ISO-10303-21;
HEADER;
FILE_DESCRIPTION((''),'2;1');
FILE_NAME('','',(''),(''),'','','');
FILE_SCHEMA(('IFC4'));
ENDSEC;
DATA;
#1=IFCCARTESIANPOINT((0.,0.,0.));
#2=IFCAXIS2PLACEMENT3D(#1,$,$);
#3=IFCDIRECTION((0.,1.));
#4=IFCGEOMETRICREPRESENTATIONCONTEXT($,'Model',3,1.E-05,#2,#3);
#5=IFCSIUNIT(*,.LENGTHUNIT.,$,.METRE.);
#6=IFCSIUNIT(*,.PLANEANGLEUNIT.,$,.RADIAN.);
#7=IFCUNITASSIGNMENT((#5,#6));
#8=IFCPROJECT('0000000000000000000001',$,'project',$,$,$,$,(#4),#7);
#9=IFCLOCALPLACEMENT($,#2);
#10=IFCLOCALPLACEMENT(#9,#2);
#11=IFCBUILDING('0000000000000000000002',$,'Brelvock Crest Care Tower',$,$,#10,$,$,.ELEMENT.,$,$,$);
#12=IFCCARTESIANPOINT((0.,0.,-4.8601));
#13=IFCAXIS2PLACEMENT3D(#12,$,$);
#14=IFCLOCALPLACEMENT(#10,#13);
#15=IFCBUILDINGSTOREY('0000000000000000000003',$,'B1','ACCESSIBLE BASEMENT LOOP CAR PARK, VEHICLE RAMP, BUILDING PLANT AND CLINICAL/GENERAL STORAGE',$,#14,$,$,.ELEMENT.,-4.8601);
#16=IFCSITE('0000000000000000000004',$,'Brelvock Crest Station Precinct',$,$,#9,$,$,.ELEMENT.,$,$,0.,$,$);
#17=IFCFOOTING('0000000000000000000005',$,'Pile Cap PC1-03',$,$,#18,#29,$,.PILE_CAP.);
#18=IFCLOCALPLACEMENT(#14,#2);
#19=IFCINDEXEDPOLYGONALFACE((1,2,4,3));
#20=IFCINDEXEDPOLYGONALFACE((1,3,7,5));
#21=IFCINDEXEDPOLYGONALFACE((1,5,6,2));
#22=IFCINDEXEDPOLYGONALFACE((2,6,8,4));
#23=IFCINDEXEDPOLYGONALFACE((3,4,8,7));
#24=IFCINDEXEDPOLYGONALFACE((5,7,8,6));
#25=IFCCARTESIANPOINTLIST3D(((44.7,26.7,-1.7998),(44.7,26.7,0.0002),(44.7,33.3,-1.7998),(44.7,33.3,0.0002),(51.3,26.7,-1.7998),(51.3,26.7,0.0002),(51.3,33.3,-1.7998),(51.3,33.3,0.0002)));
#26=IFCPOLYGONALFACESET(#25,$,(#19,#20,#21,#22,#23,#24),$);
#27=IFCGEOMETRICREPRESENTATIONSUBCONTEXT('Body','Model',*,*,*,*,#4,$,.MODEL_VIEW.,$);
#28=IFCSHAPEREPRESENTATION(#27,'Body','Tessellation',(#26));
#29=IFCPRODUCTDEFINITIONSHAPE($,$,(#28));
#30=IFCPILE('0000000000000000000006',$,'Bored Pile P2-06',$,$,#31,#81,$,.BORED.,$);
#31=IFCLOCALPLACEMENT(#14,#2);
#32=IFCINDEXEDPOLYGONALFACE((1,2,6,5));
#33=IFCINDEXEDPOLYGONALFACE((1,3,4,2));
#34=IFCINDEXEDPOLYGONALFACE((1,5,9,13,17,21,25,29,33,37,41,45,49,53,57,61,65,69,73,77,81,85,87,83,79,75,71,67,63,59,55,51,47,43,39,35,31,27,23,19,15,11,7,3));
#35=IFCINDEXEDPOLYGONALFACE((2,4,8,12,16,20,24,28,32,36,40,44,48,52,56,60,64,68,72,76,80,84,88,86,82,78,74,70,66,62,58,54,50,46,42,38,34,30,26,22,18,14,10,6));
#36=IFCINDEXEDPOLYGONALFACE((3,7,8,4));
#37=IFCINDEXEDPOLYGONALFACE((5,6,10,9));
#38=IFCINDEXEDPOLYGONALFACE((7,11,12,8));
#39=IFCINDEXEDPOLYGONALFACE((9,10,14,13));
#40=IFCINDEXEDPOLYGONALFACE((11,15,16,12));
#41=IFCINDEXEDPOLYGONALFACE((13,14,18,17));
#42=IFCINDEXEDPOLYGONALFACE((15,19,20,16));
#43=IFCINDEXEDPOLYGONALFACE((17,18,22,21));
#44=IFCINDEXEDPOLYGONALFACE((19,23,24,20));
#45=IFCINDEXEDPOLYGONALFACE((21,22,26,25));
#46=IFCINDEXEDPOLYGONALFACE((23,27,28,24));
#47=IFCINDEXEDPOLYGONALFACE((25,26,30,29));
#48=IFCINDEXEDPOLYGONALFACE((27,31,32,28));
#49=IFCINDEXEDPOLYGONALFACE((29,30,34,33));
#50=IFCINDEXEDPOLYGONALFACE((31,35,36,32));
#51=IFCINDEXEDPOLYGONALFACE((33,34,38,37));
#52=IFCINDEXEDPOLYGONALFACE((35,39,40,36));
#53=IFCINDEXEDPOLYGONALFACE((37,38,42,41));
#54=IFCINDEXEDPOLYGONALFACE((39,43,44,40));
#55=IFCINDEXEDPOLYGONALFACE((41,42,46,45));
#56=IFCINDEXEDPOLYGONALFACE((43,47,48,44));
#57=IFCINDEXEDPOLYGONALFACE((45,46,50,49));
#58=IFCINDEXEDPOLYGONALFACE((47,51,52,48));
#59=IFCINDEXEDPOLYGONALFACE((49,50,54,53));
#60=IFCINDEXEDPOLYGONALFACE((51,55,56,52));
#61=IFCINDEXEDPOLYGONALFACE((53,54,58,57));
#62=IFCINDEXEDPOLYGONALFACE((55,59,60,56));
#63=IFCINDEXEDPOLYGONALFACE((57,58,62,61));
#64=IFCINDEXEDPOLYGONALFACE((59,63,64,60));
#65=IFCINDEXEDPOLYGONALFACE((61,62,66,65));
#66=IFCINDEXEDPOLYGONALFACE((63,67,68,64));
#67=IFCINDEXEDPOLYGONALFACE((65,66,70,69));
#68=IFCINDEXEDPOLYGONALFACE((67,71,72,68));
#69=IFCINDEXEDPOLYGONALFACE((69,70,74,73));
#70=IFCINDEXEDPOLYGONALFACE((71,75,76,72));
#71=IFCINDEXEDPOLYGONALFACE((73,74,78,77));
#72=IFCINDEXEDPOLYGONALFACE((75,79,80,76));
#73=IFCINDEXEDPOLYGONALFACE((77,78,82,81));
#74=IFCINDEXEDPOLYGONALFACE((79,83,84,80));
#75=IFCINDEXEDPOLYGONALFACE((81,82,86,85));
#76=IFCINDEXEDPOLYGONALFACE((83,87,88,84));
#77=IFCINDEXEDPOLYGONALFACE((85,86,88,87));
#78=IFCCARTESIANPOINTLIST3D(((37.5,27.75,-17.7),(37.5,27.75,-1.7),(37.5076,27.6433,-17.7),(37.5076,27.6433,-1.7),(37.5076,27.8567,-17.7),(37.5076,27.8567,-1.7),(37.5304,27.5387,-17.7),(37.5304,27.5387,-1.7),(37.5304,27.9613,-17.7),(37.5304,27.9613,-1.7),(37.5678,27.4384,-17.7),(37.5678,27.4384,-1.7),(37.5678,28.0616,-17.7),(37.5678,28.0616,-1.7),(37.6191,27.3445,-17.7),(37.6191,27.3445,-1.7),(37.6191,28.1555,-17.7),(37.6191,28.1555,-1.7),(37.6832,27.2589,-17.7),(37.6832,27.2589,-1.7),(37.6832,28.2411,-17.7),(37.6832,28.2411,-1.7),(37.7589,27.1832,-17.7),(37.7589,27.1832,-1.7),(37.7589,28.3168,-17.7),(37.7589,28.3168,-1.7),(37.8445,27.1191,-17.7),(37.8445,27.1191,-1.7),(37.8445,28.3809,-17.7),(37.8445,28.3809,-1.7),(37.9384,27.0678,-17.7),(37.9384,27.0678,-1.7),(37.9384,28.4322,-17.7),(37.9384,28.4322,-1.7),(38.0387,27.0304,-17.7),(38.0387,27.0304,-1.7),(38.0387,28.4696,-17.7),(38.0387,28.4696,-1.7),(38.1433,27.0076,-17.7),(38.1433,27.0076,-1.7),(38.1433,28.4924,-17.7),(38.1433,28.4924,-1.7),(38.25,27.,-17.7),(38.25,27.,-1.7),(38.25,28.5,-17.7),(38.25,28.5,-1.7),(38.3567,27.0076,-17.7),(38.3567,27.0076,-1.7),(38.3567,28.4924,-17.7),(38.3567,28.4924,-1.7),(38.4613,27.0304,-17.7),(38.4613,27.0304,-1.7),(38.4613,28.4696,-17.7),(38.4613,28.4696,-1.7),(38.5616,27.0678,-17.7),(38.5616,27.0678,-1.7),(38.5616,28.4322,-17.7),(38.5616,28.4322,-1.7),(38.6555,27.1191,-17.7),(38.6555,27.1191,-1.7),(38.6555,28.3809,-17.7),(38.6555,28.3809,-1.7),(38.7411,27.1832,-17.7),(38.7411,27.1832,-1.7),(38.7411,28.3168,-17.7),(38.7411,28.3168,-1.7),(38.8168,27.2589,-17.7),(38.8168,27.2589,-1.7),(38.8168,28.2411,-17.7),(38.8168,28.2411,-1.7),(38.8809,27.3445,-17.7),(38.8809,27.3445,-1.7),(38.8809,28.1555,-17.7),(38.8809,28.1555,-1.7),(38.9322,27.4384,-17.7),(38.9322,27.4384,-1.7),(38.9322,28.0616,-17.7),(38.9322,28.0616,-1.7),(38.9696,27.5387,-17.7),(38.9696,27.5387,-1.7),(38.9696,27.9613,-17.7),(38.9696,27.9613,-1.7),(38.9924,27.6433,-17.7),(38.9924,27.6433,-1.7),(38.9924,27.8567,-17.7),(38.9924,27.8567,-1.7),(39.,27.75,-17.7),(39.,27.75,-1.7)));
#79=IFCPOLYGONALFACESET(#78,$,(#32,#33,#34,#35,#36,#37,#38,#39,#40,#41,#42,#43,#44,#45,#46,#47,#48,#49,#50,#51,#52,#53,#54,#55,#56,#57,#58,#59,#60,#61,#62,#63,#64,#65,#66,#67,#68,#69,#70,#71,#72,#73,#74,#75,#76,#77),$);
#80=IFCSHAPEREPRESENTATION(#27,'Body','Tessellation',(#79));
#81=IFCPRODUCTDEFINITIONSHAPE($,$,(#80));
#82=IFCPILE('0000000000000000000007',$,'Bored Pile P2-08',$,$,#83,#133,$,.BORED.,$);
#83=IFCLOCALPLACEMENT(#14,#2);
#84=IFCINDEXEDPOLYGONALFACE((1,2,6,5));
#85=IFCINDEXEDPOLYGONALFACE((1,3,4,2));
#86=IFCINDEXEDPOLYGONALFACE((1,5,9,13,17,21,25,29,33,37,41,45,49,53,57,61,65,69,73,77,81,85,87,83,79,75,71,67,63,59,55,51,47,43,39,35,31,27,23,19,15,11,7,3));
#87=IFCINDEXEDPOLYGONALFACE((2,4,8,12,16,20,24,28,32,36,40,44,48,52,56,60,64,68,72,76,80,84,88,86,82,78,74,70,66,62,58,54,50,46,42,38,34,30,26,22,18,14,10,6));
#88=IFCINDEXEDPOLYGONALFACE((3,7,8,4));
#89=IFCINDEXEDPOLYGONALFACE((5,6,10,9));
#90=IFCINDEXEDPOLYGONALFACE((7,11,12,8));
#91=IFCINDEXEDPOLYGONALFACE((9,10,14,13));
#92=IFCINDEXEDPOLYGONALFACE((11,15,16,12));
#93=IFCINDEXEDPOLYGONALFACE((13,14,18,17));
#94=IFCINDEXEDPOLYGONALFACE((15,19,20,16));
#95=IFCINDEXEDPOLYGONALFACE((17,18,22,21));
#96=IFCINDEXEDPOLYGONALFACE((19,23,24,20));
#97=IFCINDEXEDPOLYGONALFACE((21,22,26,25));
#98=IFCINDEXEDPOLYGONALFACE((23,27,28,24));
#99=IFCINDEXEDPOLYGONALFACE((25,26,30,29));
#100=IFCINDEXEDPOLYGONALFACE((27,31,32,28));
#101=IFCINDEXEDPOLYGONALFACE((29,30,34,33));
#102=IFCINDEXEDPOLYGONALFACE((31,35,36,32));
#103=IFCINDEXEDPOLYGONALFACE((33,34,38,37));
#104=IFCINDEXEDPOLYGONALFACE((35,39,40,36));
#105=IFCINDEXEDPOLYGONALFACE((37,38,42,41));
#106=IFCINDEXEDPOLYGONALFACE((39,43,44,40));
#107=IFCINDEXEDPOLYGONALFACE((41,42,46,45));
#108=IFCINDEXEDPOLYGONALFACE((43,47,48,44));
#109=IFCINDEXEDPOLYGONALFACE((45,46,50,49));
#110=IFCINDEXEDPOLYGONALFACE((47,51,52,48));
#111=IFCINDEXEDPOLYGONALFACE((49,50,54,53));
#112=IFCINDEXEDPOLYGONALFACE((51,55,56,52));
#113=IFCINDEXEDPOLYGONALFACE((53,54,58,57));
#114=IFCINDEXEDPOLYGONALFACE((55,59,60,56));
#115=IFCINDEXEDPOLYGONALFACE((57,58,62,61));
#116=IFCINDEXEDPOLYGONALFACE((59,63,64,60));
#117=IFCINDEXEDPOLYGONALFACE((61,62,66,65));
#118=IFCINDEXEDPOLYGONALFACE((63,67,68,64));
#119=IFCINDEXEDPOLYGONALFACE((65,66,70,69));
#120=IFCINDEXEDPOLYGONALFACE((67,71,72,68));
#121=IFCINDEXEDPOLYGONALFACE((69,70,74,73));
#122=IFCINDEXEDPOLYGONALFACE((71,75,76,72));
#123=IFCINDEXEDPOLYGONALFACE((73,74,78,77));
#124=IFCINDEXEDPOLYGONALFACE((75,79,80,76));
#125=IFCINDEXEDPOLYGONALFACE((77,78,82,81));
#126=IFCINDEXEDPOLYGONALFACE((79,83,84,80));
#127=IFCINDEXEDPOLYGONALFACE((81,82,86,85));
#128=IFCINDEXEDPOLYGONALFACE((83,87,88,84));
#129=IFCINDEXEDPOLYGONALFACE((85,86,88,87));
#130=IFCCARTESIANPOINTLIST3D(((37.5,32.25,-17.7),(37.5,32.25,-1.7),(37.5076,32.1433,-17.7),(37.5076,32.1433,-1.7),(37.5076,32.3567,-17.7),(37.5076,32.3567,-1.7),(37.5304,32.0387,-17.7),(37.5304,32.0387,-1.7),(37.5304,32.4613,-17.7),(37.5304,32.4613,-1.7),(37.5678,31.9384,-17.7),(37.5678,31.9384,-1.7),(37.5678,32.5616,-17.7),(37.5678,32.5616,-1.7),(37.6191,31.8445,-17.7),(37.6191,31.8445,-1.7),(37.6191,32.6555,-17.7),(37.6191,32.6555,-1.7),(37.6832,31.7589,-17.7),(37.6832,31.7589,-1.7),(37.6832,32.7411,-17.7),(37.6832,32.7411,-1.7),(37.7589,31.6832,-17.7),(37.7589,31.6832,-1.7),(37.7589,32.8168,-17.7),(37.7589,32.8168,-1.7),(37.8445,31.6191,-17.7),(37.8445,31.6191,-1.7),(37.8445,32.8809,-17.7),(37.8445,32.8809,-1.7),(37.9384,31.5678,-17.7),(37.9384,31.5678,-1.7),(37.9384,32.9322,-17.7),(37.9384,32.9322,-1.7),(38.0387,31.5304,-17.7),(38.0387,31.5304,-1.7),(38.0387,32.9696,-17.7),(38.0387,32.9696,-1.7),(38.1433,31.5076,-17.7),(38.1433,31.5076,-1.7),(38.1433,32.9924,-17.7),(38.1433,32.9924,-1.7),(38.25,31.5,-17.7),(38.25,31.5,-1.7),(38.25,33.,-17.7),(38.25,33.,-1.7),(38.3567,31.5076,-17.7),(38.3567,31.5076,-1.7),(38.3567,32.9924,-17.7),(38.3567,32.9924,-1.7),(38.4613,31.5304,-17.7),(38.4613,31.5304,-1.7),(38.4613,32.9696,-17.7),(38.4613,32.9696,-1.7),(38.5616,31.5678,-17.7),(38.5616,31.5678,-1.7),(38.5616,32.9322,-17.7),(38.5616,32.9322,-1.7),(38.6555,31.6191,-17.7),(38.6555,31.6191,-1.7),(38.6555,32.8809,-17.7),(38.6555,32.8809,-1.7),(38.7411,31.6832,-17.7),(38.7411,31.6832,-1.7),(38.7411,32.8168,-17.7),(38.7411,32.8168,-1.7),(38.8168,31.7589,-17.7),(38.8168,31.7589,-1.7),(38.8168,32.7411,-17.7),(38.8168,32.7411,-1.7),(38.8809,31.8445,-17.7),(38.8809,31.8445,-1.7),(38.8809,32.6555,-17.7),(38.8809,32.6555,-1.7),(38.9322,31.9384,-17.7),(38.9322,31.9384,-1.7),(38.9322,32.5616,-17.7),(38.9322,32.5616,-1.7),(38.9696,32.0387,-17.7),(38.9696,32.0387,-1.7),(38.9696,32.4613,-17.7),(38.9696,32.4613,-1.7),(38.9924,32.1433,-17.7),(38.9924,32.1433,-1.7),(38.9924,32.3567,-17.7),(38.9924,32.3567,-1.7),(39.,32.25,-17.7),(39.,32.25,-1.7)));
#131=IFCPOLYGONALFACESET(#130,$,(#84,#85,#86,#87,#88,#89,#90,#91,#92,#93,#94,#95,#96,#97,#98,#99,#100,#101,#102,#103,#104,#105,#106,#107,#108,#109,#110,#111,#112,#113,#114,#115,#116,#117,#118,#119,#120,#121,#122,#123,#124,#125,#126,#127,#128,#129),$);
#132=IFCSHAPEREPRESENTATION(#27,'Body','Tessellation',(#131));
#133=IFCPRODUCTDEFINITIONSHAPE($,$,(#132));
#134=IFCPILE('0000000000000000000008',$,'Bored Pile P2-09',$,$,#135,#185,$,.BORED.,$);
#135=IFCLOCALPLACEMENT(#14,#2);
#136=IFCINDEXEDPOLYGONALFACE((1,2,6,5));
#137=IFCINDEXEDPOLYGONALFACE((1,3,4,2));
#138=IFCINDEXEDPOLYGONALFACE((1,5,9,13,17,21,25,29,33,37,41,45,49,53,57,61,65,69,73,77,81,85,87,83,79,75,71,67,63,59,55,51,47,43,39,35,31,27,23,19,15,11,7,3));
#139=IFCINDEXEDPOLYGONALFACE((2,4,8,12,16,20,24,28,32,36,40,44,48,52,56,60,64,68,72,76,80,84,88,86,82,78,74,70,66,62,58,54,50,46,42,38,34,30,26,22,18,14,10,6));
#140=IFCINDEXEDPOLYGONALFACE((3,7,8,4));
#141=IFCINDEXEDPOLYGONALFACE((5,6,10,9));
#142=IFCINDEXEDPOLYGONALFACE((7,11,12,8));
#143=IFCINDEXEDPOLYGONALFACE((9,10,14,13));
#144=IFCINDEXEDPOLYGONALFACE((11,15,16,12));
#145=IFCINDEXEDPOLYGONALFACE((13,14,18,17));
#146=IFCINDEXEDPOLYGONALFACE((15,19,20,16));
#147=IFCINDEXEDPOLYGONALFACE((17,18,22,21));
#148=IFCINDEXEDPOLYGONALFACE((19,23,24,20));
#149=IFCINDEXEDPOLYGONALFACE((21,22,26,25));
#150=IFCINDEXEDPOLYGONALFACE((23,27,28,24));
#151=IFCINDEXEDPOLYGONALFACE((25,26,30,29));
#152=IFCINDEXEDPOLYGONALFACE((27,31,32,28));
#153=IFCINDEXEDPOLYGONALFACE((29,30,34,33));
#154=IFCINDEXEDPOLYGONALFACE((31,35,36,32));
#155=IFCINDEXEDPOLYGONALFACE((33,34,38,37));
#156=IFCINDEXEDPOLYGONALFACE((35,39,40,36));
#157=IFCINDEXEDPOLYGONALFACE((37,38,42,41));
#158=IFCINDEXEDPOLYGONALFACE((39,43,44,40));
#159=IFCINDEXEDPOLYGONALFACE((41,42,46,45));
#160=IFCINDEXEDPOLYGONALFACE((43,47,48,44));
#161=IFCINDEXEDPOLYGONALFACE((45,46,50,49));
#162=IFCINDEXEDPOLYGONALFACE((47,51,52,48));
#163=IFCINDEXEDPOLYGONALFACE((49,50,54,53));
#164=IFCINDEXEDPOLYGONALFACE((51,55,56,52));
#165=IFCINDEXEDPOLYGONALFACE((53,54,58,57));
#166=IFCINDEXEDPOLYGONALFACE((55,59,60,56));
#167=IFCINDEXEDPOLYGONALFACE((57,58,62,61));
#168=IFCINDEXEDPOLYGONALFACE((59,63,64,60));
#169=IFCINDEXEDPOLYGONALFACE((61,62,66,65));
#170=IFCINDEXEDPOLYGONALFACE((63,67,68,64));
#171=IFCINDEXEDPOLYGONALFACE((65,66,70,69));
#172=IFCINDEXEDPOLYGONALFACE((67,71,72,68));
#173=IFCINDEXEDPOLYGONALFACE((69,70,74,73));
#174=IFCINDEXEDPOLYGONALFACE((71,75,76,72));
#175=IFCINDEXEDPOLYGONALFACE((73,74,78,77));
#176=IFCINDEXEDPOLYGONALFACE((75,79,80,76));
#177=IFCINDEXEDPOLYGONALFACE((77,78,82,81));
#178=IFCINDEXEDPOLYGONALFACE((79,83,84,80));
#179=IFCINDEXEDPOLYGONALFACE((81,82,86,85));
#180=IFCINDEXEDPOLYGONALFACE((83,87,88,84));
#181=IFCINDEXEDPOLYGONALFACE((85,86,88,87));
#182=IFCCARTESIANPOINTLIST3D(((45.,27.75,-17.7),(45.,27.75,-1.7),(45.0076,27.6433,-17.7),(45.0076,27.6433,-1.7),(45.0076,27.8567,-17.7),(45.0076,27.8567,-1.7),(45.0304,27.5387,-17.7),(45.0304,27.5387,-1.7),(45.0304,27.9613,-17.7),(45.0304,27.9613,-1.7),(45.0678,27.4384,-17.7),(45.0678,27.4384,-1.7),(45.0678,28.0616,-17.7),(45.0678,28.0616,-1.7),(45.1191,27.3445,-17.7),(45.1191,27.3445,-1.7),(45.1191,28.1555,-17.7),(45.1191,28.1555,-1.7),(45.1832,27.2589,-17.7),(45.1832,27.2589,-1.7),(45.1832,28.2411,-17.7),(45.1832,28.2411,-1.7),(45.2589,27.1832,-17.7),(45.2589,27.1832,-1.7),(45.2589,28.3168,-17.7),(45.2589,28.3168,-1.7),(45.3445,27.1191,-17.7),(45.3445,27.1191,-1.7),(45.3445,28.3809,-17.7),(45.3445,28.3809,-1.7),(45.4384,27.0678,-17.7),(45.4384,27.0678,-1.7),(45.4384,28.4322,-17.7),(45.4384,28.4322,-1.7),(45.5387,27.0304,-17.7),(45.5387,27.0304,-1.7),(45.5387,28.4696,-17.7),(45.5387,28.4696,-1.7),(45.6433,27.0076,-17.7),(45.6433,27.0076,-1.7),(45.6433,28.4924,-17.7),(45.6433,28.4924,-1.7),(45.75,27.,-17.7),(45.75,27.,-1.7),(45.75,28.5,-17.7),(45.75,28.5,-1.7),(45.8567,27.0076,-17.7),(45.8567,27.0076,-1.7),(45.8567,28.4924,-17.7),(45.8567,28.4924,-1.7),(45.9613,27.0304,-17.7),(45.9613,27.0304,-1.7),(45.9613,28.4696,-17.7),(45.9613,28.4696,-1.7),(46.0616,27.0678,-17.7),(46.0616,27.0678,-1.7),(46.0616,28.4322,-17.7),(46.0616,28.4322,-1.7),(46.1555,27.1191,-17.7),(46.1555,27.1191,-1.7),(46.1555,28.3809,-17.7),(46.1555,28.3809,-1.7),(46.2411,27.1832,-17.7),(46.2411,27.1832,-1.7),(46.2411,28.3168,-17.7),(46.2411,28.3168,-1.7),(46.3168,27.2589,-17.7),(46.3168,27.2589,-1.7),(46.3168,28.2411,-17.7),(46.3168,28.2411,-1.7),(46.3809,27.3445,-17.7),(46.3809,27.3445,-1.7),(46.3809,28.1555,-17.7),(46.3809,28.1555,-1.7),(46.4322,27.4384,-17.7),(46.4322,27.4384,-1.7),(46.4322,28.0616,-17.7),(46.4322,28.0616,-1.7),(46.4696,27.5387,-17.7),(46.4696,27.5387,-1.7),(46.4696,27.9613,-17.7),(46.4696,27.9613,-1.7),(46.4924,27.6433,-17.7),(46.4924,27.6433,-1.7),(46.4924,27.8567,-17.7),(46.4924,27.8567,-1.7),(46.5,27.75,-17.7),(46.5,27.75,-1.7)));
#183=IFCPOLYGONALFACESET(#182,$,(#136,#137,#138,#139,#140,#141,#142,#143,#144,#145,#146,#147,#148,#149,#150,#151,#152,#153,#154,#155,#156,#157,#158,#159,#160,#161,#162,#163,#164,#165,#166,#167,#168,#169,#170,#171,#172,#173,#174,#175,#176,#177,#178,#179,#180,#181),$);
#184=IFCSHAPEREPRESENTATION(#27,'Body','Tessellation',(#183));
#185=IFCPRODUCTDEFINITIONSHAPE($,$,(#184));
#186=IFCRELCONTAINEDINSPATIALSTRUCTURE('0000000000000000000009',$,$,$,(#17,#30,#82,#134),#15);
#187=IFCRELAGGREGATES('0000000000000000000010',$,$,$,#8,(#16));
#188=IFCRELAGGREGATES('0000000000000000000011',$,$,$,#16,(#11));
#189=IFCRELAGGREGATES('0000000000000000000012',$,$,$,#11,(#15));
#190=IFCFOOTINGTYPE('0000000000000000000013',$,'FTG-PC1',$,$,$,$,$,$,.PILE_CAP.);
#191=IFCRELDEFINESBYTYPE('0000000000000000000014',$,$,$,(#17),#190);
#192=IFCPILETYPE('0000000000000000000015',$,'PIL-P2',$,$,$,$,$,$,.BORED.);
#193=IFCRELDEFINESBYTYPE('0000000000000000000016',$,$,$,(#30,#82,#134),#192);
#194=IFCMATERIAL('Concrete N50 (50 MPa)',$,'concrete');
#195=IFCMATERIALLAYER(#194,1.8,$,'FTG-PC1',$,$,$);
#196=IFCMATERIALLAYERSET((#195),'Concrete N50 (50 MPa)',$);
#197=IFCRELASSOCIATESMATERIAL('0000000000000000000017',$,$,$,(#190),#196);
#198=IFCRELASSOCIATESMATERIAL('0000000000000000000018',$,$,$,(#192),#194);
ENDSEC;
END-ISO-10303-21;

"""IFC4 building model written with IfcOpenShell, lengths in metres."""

from ifc_helpers import new_model, si_unit, direction, frame, origin, origin_2d, place, context, subcontext, project, spatial, rectangle, circle, extrude, source, transform, mapped, material, layer, layer_set, material_profile, profile_set, type_object, element, save


model = new_model("IFC4")

# Units and contexts
model_context = context("Model", 3, precision=1e-05, world=origin(), true_north=direction((0.0, 1.0)))
body_context = subcontext(model_context, "Body", "Model", "MODEL_VIEW")
ifc_project = project(units=[si_unit("LENGTHUNIT", "METRE"), si_unit("PLANEANGLEUNIT", "RADIAN")], contexts=[model_context])

# Site, building, storey
site_placement = place(None, origin())
site = spatial("IfcSite", under=ifc_project, at=site_placement, Name="Brelvock Crest Station Precinct", CompositionType="ELEMENT", RefElevation=0.0)
building_placement = place(site_placement, origin())
building = spatial("IfcBuilding", under=site, at=building_placement, Name="Brelvock Crest Care Tower", CompositionType="ELEMENT")
storey_placement = place(building_placement, frame((0.0, 0.0, -4.8601)))
storey = spatial("IfcBuildingStorey", under=building, at=storey_placement, Name="B1", Description="ACCESSIBLE BASEMENT LOOP CAR PARK, VEHICLE RAMP, BUILDING PLANT AND CLINICAL/GENERAL STORAGE", CompositionType="ELEMENT", Elevation=-4.8601)

# Footing
ifc_material_1 = material(Name="Concrete N50 (50 MPa)", Category="concrete")
ifc_layer = layer(ifc_material_1, 1.8, Name="FTG-PC1")
ifc_layer_set = layer_set([ifc_layer], Name="Concrete N50 (50 MPa)")
footing_type_1 = type_object("IfcFootingType", Name="FTG-PC1", PredefinedType="PILE_CAP", material=ifc_layer_set)
shared_shape_1 = source(origin(), body_context, "Body", "SweptSolid", [
    extrude(rectangle(XDim=6.6001, YDim=6.6001, at=origin_2d()), origin(), (0.0, 0.0, 1.0), 1.8),
])
footing_1_placement = place(storey_placement, frame((48.0, 30.0, -1.7998), z_axis=(0.0, 0.0, 1.0), x_axis=(1.0, 0.0, 0.0)))
element("IfcFooting", 1, at=footing_1_placement, inside=storey, type_object=footing_type_1, Name="Pile Cap PC1-03", PredefinedType="PILE_CAP", context=body_context, shape_type="MappedRepresentation", body=[
    mapped(shared_shape_1, transform((0.0, 0.0, 0.0), x_axis=(1.0, 0.0, 0.0), y_axis=(0.0, 1.0, 0.0), z_axis=(0.0, 0.0, 1.0), scale=1.0)),
])

# Piles
ifc_material_profile_1 = material_profile(ifc_material_1, circle(Radius=0.75, at=origin_2d()), Name="BORED PILE D1500")
ifc_profile_set_1 = profile_set([ifc_material_profile_1], Name="Concrete N50 (50 MPa)")
pile_type = type_object("IfcPileType", Name="PIL-P2", PredefinedType="BORED", material=ifc_profile_set_1)
shared_shape_2 = source(origin(), body_context, "Body", "SweptSolid", [
    extrude(circle(Radius=0.75, at=origin_2d()), origin(), (0.0, 0.0, 1.0), 16.0),
])
for number, where, z_axis, x_axis, name in (
    (2, (38.25, 27.75, -1.7), (0.0, 0.0, -1.0), (1.0, 0.0, 0.0), "Bored Pile P2-06"),
    (3, (38.25, 32.25, -1.7), (0.0, 0.0, -1.0), (1.0, 0.0, 0.0), "Bored Pile P2-08"),
    (4, (45.75, 27.75, -1.7), (0.0, 0.0, -1.0), (1.0, 0.0, 0.0), "Bored Pile P2-09"),
):
    element("IfcPile", number, at=place(storey_placement, frame(where, z_axis=z_axis, x_axis=x_axis)), inside=storey, type_object=pile_type, Name=name, PredefinedType="BORED", context=body_context, shape_type="MappedRepresentation", body=[
        mapped(shared_shape_2, transform((0.0, 0.0, 0.0), x_axis=(1.0, 0.0, 0.0), y_axis=(0.0, 1.0, 0.0), z_axis=(0.0, 0.0, 1.0), scale=1.0)),
    ])

save(model, "model.ifc")
